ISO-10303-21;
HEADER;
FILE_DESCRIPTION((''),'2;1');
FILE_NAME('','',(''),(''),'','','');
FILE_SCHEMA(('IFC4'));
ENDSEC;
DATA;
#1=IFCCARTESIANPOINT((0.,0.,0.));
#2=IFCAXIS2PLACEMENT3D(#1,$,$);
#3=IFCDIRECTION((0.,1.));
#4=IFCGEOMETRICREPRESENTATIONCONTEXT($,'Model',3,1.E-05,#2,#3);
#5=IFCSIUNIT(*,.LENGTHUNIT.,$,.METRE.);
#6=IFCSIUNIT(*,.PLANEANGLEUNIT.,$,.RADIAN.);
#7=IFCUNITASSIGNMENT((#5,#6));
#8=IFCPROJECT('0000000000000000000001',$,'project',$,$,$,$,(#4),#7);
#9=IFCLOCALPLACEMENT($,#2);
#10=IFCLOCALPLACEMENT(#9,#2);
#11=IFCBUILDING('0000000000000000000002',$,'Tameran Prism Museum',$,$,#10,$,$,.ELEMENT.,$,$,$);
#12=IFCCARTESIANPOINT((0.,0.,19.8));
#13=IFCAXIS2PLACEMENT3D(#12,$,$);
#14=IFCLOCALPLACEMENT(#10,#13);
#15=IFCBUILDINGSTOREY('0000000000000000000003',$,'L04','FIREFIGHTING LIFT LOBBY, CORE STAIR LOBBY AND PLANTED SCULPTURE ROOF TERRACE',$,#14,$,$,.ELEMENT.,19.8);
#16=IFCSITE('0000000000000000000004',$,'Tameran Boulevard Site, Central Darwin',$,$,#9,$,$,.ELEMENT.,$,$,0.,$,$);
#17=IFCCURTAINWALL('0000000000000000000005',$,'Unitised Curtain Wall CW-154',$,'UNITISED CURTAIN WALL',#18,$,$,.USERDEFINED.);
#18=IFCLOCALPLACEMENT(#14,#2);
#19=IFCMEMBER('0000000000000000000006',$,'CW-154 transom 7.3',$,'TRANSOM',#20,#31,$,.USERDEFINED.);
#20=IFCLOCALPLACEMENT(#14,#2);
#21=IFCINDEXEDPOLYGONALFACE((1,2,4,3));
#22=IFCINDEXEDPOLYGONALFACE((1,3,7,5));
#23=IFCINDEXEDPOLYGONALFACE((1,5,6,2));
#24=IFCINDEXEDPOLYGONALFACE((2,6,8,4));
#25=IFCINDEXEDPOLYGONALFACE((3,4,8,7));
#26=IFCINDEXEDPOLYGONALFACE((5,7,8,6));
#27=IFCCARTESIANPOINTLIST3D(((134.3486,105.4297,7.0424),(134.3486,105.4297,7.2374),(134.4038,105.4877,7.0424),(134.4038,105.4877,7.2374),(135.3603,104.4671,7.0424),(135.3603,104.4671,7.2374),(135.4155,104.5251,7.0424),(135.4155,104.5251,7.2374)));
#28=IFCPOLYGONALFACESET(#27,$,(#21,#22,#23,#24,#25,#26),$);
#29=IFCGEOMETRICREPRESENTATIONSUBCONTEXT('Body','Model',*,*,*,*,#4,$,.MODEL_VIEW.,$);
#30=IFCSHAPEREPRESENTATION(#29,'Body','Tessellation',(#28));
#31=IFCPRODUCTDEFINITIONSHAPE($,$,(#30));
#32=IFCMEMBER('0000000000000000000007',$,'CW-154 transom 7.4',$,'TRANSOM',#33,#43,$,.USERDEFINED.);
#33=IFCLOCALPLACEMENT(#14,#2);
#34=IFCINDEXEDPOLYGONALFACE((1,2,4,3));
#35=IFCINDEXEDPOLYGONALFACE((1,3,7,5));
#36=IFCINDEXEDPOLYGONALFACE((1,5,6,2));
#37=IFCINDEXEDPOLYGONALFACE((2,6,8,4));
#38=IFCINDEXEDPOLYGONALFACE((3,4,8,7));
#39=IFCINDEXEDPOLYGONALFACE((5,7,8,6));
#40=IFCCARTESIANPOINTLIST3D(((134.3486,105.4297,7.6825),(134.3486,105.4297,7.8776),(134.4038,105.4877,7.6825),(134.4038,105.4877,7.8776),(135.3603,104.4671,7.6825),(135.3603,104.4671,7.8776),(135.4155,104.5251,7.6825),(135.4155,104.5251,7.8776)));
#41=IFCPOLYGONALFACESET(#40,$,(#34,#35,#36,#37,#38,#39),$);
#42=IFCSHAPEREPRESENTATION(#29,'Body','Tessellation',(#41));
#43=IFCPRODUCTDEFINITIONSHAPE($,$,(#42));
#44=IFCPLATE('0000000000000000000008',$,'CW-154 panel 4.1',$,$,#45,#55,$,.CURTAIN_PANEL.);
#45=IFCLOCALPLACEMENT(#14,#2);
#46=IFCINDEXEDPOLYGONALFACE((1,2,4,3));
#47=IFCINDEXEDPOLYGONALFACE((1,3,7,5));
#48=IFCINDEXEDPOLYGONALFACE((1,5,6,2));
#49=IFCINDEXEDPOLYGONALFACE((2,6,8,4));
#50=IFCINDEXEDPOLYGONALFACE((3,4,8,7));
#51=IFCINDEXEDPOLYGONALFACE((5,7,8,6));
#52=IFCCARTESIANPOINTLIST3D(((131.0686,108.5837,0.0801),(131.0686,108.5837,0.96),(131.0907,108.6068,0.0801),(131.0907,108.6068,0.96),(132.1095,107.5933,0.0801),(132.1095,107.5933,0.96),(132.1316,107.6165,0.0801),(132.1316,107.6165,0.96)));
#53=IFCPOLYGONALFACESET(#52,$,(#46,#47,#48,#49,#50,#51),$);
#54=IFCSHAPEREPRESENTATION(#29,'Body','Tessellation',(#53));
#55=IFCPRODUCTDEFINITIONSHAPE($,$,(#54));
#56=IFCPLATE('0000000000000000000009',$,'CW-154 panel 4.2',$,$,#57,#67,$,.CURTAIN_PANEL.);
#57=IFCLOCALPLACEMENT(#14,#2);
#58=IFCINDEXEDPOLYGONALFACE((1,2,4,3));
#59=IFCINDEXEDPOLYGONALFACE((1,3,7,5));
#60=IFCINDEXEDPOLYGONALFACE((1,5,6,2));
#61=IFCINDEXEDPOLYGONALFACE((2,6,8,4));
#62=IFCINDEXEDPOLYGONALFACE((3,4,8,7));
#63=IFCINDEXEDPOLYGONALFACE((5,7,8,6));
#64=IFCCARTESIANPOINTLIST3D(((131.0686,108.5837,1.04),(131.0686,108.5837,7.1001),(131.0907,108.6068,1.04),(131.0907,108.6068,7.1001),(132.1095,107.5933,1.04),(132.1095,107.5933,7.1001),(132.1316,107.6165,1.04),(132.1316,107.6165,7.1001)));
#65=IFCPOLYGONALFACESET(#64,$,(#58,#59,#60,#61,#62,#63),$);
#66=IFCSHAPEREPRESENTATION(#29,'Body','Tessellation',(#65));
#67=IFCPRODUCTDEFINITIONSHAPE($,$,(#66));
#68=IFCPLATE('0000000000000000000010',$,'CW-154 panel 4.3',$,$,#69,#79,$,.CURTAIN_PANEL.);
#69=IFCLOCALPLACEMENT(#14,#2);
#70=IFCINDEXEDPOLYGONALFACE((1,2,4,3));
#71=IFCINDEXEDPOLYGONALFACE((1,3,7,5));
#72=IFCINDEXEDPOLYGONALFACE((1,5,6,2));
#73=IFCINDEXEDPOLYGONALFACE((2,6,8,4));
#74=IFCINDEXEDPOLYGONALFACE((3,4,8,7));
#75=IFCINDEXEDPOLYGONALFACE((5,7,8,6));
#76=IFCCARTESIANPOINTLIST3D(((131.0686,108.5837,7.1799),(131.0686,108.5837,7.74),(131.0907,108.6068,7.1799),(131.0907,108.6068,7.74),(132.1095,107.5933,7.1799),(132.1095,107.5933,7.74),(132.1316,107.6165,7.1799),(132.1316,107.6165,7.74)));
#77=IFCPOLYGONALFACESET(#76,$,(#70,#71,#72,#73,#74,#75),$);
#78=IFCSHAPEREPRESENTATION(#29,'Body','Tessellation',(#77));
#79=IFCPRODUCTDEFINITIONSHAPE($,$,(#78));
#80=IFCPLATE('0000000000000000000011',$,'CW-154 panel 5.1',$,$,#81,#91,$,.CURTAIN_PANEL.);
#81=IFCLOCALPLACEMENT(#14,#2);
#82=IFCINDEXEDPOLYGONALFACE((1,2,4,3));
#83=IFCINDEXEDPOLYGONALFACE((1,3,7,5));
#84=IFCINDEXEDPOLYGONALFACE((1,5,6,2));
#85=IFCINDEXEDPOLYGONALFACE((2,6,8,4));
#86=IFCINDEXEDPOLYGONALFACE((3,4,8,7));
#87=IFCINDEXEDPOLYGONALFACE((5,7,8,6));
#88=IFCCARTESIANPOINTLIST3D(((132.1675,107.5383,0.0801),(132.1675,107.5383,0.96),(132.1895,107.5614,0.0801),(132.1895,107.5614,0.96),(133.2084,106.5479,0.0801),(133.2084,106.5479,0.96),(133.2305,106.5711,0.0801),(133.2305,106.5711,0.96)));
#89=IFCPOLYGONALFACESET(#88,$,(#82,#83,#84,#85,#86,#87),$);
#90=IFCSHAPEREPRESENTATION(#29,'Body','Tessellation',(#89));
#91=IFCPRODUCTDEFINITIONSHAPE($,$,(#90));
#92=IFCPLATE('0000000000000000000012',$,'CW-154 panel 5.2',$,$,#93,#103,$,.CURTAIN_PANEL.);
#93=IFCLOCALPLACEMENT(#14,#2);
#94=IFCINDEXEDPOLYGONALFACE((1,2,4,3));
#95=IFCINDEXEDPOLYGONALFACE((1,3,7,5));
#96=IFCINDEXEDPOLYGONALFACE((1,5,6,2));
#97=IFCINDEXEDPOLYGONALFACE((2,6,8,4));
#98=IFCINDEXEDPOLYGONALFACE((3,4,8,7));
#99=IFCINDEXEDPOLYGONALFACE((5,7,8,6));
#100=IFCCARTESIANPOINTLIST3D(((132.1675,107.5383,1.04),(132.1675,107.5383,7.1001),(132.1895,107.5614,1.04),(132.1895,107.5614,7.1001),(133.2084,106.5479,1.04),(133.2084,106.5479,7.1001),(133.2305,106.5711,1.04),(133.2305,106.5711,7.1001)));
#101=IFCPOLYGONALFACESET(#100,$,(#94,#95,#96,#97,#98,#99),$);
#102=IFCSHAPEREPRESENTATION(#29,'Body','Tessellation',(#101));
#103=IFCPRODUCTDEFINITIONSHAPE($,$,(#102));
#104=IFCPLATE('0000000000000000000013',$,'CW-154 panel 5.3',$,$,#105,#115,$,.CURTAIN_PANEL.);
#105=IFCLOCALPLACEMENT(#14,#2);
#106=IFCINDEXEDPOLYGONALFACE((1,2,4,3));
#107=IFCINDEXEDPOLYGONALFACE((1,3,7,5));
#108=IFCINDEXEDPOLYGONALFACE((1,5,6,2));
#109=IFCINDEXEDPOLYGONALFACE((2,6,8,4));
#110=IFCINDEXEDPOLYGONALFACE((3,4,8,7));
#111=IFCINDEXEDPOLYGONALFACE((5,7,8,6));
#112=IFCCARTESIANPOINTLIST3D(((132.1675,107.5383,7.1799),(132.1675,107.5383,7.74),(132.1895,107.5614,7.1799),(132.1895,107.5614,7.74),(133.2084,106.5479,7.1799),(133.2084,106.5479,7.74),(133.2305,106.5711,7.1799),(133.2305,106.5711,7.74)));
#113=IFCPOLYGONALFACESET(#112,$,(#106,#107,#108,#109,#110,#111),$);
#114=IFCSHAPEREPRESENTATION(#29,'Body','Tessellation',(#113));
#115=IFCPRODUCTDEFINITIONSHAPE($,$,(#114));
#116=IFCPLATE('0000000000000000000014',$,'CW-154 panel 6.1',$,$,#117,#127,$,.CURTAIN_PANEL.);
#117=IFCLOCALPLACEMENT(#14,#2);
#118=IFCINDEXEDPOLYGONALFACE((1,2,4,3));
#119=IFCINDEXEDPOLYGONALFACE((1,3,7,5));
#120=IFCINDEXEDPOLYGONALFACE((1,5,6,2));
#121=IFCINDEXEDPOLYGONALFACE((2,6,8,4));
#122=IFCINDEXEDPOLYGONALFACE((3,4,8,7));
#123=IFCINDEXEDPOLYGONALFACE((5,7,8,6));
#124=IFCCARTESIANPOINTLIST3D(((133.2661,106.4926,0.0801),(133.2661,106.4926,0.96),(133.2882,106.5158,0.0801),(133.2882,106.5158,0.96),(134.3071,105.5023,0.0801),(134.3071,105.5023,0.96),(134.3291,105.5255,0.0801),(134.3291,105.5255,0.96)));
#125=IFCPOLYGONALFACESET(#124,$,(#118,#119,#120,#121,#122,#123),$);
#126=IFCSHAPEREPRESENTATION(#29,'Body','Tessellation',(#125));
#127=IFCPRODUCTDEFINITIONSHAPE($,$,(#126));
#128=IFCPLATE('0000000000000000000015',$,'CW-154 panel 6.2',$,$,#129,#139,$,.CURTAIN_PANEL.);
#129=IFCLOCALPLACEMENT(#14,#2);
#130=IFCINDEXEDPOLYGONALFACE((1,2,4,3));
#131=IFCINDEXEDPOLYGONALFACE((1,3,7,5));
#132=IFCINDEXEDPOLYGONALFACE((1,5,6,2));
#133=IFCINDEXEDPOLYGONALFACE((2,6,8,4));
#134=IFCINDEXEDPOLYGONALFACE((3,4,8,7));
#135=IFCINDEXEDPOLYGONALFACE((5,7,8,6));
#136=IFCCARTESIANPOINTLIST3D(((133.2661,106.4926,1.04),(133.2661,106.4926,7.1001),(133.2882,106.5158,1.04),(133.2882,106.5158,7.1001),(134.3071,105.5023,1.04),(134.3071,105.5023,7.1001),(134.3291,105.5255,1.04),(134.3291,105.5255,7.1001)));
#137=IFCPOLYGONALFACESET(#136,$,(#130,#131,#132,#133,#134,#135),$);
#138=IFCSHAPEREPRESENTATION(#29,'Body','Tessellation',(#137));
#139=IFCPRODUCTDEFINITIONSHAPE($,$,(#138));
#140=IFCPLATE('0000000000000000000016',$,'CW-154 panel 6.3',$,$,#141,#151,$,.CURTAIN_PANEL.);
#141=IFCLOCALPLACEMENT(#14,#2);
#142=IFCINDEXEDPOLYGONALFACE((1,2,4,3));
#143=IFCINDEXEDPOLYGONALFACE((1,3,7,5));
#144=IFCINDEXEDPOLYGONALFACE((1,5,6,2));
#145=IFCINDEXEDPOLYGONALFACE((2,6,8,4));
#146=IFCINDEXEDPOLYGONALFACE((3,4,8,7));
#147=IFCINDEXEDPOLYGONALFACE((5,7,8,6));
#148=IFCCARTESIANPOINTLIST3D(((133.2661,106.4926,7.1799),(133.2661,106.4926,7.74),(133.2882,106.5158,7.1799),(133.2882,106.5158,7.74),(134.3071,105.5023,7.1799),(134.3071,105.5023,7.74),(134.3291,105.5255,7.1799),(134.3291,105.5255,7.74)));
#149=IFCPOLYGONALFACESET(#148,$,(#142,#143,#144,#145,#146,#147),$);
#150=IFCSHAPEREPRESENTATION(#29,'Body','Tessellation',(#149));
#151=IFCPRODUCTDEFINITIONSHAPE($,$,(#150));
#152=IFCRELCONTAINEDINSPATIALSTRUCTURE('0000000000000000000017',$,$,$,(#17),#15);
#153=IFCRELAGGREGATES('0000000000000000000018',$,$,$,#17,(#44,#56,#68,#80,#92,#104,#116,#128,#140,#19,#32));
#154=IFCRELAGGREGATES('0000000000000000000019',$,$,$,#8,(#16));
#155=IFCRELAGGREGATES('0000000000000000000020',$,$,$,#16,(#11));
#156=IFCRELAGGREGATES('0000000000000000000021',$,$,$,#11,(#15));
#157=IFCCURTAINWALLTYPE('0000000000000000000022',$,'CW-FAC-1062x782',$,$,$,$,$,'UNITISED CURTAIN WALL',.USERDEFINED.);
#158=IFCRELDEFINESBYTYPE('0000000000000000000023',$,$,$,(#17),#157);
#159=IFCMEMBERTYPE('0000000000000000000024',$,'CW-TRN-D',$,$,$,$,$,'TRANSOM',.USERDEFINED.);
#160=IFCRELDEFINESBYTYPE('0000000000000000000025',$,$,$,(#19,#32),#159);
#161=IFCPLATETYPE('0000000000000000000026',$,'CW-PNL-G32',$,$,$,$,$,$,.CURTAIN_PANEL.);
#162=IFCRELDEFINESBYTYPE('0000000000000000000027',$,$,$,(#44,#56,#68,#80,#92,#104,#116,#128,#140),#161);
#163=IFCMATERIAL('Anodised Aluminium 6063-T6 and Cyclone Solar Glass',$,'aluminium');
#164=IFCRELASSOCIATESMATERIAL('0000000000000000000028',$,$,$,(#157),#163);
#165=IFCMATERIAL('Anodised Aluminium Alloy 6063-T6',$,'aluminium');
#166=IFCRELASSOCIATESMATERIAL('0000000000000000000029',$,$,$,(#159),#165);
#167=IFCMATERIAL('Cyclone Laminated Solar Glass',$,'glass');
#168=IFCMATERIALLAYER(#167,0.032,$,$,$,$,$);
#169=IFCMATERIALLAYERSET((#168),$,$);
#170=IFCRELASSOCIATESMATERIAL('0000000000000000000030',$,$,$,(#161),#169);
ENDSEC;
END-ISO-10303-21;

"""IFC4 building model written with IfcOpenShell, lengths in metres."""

from ifc_helpers import new_model, si_unit, direction, frame, origin, origin_2d, place, context, subcontext, project, spatial, rectangle, extrude, material, layer, layer_set, material_profile, profile_set, type_object, element, aggregate, save


model = new_model("IFC4")

# Units and contexts
model_context = context("Model", 3, precision=1e-05, world=origin(), true_north=direction((0.0, 1.0)))
body_context = subcontext(model_context, "Body", "Model", "MODEL_VIEW")
ifc_project = project(units=[si_unit("LENGTHUNIT", "METRE"), si_unit("PLANEANGLEUNIT", "RADIAN")], contexts=[model_context])

# Site, building, storey
site_placement = place(None, origin())
site = spatial("IfcSite", under=ifc_project, at=site_placement, Name="Tameran Boulevard Site, Central Darwin", CompositionType="ELEMENT", RefElevation=0.0)
building_placement = place(site_placement, origin())
building = spatial("IfcBuilding", under=site, at=building_placement, Name="Tameran Prism Museum", CompositionType="ELEMENT")
storey_placement = place(building_placement, frame((0.0, 0.0, 19.8)))
storey = spatial("IfcBuildingStorey", under=building, at=storey_placement, Name="L04", Description="FIREFIGHTING LIFT LOBBY, CORE STAIR LOBBY AND PLANTED SCULPTURE ROOF TERRACE", CompositionType="ELEMENT", Elevation=19.8)

# Curtain wall, members, plates
ifc_material_1 = material(Name="Anodised Aluminium 6063-T6 and Cyclone Solar Glass", Category="aluminium")
curtain_wall_type = type_object("IfcCurtainWallType", Name="CW-FAC-1062x782", ElementType="UNITISED CURTAIN WALL", PredefinedType="USERDEFINED", material=ifc_material_1)
curtain_wall_placement = place(storey_placement, origin())
curtain_wall = element("IfcCurtainWall", 1, at=curtain_wall_placement, inside=storey, type_object=curtain_wall_type, Name="Unitised Curtain Wall CW-154", ObjectType="UNITISED CURTAIN WALL", PredefinedType="USERDEFINED")
ifc_material_2 = material(Name="Anodised Aluminium Alloy 6063-T6", Category="aluminium")
ifc_material_profile_1 = material_profile(ifc_material_2, rectangle(XDim=0.0801, YDim=0.1951, at=origin_2d()))
ifc_profile_set_1 = profile_set([ifc_material_profile_1])
member_type_1 = type_object("IfcMemberType", Name="CW-TRN-D", ElementType="TRANSOM", PredefinedType="USERDEFINED", material=ifc_profile_set_1)
member_1_placement = place(storey_placement, frame((134.3762, 105.4587, 7.1399), z_axis=(0.724458, -0.689319, 0.0), x_axis=(0.689319, 0.724458, 0.0)))
member_1 = element("IfcMember", 2, at=member_1_placement, type_object=member_type_1, Name="CW-154 transom 7.3", ObjectType="TRANSOM", PredefinedType="USERDEFINED", context=body_context, shape_type="SweptSolid", body=[
    extrude(rectangle(XDim=0.0801, YDim=0.1951, at=origin_2d()), origin(), (0.0, 0.0, 1.0), 1.3965),
])
member_2_placement = place(storey_placement, frame((134.3762, 105.4587, 7.78), z_axis=(0.724458, -0.689319, 0.0), x_axis=(0.689319, 0.724458, 0.0)))
member_2 = element("IfcMember", 3, at=member_2_placement, type_object=member_type_1, Name="CW-154 transom 7.4", ObjectType="TRANSOM", PredefinedType="USERDEFINED", context=body_context, shape_type="SweptSolid", body=[
    extrude(rectangle(XDim=0.0801, YDim=0.1951, at=origin_2d()), origin(), (0.0, 0.0, 1.0), 1.3965),
])
ifc_material_3 = material(Name="Cyclone Laminated Solar Glass", Category="glass")
ifc_layer = layer(ifc_material_3, 0.032)
ifc_layer_set = layer_set([ifc_layer])
plate_type = type_object("IfcPlateType", Name="CW-PNL-G32", PredefinedType="CURTAIN_PANEL", material=ifc_layer_set)
plate_1_placement = place(storey_placement, frame((131.6001, 108.1001, 0.0801), z_axis=(0.0, 0.0, 1.0), x_axis=(0.724501, -0.689274, 0.0)))
plate_1 = element("IfcPlate", 4, at=plate_1_placement, type_object=plate_type, Name="CW-154 panel 4.1", PredefinedType="CURTAIN_PANEL", context=body_context, shape_type="SweptSolid", body=[
    extrude(rectangle(XDim=1.4368, YDim=0.032, at=origin_2d()), origin(), (0.0, 0.0, 1.0), 0.8799),
])
plate_2_placement = place(storey_placement, frame((131.6001, 108.1001, 1.04), z_axis=(0.0, 0.0, 1.0), x_axis=(0.724501, -0.689274, 0.0)))
plate_2 = element("IfcPlate", 5, at=plate_2_placement, type_object=plate_type, Name="CW-154 panel 4.2", PredefinedType="CURTAIN_PANEL", context=body_context, shape_type="SweptSolid", body=[
    extrude(rectangle(XDim=1.4368, YDim=0.032, at=origin_2d()), origin(), (0.0, 0.0, 1.0), 6.0601),
])
plate_3_placement = place(storey_placement, frame((131.6001, 108.1001, 7.1799), z_axis=(0.0, 0.0, 1.0), x_axis=(0.724501, -0.689274, 0.0)))
plate_3 = element("IfcPlate", 6, at=plate_3_placement, type_object=plate_type, Name="CW-154 panel 4.3", PredefinedType="CURTAIN_PANEL", context=body_context, shape_type="SweptSolid", body=[
    extrude(rectangle(XDim=1.4368, YDim=0.032, at=origin_2d()), origin(), (0.0, 0.0, 1.0), 0.5601),
])
plate_4_placement = place(storey_placement, frame((132.699, 107.0547, 0.0801), z_axis=(0.0, 0.0, 1.0), x_axis=(0.724501, -0.689274, 0.0)))
plate_4 = element("IfcPlate", 7, at=plate_4_placement, type_object=plate_type, Name="CW-154 panel 5.1", PredefinedType="CURTAIN_PANEL", context=body_context, shape_type="SweptSolid", body=[
    extrude(rectangle(XDim=1.4368, YDim=0.032, at=origin_2d()), origin(), (0.0, 0.0, 1.0), 0.8799),
])
plate_5_placement = place(storey_placement, frame((132.699, 107.0547, 1.04), z_axis=(0.0, 0.0, 1.0), x_axis=(0.724501, -0.689274, 0.0)))
plate_5 = element("IfcPlate", 8, at=plate_5_placement, type_object=plate_type, Name="CW-154 panel 5.2", PredefinedType="CURTAIN_PANEL", context=body_context, shape_type="SweptSolid", body=[
    extrude(rectangle(XDim=1.4368, YDim=0.032, at=origin_2d()), origin(), (0.0, 0.0, 1.0), 6.0601),
])
plate_6_placement = place(storey_placement, frame((132.699, 107.0547, 7.1799), z_axis=(0.0, 0.0, 1.0), x_axis=(0.724501, -0.689274, 0.0)))
plate_6 = element("IfcPlate", 9, at=plate_6_placement, type_object=plate_type, Name="CW-154 panel 5.3", PredefinedType="CURTAIN_PANEL", context=body_context, shape_type="SweptSolid", body=[
    extrude(rectangle(XDim=1.4368, YDim=0.032, at=origin_2d()), origin(), (0.0, 0.0, 1.0), 0.5601),
])
plate_7_placement = place(storey_placement, frame((133.7976, 106.009, 0.0801), z_axis=(0.0, 0.0, 1.0), x_axis=(0.724501, -0.689274, 0.0)))
plate_7 = element("IfcPlate", 10, at=plate_7_placement, type_object=plate_type, Name="CW-154 panel 6.1", PredefinedType="CURTAIN_PANEL", context=body_context, shape_type="SweptSolid", body=[
    extrude(rectangle(XDim=1.4368, YDim=0.032, at=origin_2d()), origin(), (0.0, 0.0, 1.0), 0.8799),
])
plate_8_placement = place(storey_placement, frame((133.7976, 106.009, 1.04), z_axis=(0.0, 0.0, 1.0), x_axis=(0.724501, -0.689274, 0.0)))
plate_8 = element("IfcPlate", 11, at=plate_8_placement, type_object=plate_type, Name="CW-154 panel 6.2", PredefinedType="CURTAIN_PANEL", context=body_context, shape_type="SweptSolid", body=[
    extrude(rectangle(XDim=1.4368, YDim=0.032, at=origin_2d()), origin(), (0.0, 0.0, 1.0), 6.0601),
])
plate_9_placement = place(storey_placement, frame((133.7976, 106.009, 7.1799), z_axis=(0.0, 0.0, 1.0), x_axis=(0.724501, -0.689274, 0.0)))
plate_9 = element("IfcPlate", 12, at=plate_9_placement, type_object=plate_type, Name="CW-154 panel 6.3", PredefinedType="CURTAIN_PANEL", context=body_context, shape_type="SweptSolid", body=[
    extrude(rectangle(XDim=1.4368, YDim=0.032, at=origin_2d()), origin(), (0.0, 0.0, 1.0), 0.5601),
])
aggregate(curtain_wall, [plate_1, plate_2, plate_3, plate_4, plate_5, plate_6, plate_7, plate_8, plate_9, member_1, member_2])

save(model, "model.ifc")
